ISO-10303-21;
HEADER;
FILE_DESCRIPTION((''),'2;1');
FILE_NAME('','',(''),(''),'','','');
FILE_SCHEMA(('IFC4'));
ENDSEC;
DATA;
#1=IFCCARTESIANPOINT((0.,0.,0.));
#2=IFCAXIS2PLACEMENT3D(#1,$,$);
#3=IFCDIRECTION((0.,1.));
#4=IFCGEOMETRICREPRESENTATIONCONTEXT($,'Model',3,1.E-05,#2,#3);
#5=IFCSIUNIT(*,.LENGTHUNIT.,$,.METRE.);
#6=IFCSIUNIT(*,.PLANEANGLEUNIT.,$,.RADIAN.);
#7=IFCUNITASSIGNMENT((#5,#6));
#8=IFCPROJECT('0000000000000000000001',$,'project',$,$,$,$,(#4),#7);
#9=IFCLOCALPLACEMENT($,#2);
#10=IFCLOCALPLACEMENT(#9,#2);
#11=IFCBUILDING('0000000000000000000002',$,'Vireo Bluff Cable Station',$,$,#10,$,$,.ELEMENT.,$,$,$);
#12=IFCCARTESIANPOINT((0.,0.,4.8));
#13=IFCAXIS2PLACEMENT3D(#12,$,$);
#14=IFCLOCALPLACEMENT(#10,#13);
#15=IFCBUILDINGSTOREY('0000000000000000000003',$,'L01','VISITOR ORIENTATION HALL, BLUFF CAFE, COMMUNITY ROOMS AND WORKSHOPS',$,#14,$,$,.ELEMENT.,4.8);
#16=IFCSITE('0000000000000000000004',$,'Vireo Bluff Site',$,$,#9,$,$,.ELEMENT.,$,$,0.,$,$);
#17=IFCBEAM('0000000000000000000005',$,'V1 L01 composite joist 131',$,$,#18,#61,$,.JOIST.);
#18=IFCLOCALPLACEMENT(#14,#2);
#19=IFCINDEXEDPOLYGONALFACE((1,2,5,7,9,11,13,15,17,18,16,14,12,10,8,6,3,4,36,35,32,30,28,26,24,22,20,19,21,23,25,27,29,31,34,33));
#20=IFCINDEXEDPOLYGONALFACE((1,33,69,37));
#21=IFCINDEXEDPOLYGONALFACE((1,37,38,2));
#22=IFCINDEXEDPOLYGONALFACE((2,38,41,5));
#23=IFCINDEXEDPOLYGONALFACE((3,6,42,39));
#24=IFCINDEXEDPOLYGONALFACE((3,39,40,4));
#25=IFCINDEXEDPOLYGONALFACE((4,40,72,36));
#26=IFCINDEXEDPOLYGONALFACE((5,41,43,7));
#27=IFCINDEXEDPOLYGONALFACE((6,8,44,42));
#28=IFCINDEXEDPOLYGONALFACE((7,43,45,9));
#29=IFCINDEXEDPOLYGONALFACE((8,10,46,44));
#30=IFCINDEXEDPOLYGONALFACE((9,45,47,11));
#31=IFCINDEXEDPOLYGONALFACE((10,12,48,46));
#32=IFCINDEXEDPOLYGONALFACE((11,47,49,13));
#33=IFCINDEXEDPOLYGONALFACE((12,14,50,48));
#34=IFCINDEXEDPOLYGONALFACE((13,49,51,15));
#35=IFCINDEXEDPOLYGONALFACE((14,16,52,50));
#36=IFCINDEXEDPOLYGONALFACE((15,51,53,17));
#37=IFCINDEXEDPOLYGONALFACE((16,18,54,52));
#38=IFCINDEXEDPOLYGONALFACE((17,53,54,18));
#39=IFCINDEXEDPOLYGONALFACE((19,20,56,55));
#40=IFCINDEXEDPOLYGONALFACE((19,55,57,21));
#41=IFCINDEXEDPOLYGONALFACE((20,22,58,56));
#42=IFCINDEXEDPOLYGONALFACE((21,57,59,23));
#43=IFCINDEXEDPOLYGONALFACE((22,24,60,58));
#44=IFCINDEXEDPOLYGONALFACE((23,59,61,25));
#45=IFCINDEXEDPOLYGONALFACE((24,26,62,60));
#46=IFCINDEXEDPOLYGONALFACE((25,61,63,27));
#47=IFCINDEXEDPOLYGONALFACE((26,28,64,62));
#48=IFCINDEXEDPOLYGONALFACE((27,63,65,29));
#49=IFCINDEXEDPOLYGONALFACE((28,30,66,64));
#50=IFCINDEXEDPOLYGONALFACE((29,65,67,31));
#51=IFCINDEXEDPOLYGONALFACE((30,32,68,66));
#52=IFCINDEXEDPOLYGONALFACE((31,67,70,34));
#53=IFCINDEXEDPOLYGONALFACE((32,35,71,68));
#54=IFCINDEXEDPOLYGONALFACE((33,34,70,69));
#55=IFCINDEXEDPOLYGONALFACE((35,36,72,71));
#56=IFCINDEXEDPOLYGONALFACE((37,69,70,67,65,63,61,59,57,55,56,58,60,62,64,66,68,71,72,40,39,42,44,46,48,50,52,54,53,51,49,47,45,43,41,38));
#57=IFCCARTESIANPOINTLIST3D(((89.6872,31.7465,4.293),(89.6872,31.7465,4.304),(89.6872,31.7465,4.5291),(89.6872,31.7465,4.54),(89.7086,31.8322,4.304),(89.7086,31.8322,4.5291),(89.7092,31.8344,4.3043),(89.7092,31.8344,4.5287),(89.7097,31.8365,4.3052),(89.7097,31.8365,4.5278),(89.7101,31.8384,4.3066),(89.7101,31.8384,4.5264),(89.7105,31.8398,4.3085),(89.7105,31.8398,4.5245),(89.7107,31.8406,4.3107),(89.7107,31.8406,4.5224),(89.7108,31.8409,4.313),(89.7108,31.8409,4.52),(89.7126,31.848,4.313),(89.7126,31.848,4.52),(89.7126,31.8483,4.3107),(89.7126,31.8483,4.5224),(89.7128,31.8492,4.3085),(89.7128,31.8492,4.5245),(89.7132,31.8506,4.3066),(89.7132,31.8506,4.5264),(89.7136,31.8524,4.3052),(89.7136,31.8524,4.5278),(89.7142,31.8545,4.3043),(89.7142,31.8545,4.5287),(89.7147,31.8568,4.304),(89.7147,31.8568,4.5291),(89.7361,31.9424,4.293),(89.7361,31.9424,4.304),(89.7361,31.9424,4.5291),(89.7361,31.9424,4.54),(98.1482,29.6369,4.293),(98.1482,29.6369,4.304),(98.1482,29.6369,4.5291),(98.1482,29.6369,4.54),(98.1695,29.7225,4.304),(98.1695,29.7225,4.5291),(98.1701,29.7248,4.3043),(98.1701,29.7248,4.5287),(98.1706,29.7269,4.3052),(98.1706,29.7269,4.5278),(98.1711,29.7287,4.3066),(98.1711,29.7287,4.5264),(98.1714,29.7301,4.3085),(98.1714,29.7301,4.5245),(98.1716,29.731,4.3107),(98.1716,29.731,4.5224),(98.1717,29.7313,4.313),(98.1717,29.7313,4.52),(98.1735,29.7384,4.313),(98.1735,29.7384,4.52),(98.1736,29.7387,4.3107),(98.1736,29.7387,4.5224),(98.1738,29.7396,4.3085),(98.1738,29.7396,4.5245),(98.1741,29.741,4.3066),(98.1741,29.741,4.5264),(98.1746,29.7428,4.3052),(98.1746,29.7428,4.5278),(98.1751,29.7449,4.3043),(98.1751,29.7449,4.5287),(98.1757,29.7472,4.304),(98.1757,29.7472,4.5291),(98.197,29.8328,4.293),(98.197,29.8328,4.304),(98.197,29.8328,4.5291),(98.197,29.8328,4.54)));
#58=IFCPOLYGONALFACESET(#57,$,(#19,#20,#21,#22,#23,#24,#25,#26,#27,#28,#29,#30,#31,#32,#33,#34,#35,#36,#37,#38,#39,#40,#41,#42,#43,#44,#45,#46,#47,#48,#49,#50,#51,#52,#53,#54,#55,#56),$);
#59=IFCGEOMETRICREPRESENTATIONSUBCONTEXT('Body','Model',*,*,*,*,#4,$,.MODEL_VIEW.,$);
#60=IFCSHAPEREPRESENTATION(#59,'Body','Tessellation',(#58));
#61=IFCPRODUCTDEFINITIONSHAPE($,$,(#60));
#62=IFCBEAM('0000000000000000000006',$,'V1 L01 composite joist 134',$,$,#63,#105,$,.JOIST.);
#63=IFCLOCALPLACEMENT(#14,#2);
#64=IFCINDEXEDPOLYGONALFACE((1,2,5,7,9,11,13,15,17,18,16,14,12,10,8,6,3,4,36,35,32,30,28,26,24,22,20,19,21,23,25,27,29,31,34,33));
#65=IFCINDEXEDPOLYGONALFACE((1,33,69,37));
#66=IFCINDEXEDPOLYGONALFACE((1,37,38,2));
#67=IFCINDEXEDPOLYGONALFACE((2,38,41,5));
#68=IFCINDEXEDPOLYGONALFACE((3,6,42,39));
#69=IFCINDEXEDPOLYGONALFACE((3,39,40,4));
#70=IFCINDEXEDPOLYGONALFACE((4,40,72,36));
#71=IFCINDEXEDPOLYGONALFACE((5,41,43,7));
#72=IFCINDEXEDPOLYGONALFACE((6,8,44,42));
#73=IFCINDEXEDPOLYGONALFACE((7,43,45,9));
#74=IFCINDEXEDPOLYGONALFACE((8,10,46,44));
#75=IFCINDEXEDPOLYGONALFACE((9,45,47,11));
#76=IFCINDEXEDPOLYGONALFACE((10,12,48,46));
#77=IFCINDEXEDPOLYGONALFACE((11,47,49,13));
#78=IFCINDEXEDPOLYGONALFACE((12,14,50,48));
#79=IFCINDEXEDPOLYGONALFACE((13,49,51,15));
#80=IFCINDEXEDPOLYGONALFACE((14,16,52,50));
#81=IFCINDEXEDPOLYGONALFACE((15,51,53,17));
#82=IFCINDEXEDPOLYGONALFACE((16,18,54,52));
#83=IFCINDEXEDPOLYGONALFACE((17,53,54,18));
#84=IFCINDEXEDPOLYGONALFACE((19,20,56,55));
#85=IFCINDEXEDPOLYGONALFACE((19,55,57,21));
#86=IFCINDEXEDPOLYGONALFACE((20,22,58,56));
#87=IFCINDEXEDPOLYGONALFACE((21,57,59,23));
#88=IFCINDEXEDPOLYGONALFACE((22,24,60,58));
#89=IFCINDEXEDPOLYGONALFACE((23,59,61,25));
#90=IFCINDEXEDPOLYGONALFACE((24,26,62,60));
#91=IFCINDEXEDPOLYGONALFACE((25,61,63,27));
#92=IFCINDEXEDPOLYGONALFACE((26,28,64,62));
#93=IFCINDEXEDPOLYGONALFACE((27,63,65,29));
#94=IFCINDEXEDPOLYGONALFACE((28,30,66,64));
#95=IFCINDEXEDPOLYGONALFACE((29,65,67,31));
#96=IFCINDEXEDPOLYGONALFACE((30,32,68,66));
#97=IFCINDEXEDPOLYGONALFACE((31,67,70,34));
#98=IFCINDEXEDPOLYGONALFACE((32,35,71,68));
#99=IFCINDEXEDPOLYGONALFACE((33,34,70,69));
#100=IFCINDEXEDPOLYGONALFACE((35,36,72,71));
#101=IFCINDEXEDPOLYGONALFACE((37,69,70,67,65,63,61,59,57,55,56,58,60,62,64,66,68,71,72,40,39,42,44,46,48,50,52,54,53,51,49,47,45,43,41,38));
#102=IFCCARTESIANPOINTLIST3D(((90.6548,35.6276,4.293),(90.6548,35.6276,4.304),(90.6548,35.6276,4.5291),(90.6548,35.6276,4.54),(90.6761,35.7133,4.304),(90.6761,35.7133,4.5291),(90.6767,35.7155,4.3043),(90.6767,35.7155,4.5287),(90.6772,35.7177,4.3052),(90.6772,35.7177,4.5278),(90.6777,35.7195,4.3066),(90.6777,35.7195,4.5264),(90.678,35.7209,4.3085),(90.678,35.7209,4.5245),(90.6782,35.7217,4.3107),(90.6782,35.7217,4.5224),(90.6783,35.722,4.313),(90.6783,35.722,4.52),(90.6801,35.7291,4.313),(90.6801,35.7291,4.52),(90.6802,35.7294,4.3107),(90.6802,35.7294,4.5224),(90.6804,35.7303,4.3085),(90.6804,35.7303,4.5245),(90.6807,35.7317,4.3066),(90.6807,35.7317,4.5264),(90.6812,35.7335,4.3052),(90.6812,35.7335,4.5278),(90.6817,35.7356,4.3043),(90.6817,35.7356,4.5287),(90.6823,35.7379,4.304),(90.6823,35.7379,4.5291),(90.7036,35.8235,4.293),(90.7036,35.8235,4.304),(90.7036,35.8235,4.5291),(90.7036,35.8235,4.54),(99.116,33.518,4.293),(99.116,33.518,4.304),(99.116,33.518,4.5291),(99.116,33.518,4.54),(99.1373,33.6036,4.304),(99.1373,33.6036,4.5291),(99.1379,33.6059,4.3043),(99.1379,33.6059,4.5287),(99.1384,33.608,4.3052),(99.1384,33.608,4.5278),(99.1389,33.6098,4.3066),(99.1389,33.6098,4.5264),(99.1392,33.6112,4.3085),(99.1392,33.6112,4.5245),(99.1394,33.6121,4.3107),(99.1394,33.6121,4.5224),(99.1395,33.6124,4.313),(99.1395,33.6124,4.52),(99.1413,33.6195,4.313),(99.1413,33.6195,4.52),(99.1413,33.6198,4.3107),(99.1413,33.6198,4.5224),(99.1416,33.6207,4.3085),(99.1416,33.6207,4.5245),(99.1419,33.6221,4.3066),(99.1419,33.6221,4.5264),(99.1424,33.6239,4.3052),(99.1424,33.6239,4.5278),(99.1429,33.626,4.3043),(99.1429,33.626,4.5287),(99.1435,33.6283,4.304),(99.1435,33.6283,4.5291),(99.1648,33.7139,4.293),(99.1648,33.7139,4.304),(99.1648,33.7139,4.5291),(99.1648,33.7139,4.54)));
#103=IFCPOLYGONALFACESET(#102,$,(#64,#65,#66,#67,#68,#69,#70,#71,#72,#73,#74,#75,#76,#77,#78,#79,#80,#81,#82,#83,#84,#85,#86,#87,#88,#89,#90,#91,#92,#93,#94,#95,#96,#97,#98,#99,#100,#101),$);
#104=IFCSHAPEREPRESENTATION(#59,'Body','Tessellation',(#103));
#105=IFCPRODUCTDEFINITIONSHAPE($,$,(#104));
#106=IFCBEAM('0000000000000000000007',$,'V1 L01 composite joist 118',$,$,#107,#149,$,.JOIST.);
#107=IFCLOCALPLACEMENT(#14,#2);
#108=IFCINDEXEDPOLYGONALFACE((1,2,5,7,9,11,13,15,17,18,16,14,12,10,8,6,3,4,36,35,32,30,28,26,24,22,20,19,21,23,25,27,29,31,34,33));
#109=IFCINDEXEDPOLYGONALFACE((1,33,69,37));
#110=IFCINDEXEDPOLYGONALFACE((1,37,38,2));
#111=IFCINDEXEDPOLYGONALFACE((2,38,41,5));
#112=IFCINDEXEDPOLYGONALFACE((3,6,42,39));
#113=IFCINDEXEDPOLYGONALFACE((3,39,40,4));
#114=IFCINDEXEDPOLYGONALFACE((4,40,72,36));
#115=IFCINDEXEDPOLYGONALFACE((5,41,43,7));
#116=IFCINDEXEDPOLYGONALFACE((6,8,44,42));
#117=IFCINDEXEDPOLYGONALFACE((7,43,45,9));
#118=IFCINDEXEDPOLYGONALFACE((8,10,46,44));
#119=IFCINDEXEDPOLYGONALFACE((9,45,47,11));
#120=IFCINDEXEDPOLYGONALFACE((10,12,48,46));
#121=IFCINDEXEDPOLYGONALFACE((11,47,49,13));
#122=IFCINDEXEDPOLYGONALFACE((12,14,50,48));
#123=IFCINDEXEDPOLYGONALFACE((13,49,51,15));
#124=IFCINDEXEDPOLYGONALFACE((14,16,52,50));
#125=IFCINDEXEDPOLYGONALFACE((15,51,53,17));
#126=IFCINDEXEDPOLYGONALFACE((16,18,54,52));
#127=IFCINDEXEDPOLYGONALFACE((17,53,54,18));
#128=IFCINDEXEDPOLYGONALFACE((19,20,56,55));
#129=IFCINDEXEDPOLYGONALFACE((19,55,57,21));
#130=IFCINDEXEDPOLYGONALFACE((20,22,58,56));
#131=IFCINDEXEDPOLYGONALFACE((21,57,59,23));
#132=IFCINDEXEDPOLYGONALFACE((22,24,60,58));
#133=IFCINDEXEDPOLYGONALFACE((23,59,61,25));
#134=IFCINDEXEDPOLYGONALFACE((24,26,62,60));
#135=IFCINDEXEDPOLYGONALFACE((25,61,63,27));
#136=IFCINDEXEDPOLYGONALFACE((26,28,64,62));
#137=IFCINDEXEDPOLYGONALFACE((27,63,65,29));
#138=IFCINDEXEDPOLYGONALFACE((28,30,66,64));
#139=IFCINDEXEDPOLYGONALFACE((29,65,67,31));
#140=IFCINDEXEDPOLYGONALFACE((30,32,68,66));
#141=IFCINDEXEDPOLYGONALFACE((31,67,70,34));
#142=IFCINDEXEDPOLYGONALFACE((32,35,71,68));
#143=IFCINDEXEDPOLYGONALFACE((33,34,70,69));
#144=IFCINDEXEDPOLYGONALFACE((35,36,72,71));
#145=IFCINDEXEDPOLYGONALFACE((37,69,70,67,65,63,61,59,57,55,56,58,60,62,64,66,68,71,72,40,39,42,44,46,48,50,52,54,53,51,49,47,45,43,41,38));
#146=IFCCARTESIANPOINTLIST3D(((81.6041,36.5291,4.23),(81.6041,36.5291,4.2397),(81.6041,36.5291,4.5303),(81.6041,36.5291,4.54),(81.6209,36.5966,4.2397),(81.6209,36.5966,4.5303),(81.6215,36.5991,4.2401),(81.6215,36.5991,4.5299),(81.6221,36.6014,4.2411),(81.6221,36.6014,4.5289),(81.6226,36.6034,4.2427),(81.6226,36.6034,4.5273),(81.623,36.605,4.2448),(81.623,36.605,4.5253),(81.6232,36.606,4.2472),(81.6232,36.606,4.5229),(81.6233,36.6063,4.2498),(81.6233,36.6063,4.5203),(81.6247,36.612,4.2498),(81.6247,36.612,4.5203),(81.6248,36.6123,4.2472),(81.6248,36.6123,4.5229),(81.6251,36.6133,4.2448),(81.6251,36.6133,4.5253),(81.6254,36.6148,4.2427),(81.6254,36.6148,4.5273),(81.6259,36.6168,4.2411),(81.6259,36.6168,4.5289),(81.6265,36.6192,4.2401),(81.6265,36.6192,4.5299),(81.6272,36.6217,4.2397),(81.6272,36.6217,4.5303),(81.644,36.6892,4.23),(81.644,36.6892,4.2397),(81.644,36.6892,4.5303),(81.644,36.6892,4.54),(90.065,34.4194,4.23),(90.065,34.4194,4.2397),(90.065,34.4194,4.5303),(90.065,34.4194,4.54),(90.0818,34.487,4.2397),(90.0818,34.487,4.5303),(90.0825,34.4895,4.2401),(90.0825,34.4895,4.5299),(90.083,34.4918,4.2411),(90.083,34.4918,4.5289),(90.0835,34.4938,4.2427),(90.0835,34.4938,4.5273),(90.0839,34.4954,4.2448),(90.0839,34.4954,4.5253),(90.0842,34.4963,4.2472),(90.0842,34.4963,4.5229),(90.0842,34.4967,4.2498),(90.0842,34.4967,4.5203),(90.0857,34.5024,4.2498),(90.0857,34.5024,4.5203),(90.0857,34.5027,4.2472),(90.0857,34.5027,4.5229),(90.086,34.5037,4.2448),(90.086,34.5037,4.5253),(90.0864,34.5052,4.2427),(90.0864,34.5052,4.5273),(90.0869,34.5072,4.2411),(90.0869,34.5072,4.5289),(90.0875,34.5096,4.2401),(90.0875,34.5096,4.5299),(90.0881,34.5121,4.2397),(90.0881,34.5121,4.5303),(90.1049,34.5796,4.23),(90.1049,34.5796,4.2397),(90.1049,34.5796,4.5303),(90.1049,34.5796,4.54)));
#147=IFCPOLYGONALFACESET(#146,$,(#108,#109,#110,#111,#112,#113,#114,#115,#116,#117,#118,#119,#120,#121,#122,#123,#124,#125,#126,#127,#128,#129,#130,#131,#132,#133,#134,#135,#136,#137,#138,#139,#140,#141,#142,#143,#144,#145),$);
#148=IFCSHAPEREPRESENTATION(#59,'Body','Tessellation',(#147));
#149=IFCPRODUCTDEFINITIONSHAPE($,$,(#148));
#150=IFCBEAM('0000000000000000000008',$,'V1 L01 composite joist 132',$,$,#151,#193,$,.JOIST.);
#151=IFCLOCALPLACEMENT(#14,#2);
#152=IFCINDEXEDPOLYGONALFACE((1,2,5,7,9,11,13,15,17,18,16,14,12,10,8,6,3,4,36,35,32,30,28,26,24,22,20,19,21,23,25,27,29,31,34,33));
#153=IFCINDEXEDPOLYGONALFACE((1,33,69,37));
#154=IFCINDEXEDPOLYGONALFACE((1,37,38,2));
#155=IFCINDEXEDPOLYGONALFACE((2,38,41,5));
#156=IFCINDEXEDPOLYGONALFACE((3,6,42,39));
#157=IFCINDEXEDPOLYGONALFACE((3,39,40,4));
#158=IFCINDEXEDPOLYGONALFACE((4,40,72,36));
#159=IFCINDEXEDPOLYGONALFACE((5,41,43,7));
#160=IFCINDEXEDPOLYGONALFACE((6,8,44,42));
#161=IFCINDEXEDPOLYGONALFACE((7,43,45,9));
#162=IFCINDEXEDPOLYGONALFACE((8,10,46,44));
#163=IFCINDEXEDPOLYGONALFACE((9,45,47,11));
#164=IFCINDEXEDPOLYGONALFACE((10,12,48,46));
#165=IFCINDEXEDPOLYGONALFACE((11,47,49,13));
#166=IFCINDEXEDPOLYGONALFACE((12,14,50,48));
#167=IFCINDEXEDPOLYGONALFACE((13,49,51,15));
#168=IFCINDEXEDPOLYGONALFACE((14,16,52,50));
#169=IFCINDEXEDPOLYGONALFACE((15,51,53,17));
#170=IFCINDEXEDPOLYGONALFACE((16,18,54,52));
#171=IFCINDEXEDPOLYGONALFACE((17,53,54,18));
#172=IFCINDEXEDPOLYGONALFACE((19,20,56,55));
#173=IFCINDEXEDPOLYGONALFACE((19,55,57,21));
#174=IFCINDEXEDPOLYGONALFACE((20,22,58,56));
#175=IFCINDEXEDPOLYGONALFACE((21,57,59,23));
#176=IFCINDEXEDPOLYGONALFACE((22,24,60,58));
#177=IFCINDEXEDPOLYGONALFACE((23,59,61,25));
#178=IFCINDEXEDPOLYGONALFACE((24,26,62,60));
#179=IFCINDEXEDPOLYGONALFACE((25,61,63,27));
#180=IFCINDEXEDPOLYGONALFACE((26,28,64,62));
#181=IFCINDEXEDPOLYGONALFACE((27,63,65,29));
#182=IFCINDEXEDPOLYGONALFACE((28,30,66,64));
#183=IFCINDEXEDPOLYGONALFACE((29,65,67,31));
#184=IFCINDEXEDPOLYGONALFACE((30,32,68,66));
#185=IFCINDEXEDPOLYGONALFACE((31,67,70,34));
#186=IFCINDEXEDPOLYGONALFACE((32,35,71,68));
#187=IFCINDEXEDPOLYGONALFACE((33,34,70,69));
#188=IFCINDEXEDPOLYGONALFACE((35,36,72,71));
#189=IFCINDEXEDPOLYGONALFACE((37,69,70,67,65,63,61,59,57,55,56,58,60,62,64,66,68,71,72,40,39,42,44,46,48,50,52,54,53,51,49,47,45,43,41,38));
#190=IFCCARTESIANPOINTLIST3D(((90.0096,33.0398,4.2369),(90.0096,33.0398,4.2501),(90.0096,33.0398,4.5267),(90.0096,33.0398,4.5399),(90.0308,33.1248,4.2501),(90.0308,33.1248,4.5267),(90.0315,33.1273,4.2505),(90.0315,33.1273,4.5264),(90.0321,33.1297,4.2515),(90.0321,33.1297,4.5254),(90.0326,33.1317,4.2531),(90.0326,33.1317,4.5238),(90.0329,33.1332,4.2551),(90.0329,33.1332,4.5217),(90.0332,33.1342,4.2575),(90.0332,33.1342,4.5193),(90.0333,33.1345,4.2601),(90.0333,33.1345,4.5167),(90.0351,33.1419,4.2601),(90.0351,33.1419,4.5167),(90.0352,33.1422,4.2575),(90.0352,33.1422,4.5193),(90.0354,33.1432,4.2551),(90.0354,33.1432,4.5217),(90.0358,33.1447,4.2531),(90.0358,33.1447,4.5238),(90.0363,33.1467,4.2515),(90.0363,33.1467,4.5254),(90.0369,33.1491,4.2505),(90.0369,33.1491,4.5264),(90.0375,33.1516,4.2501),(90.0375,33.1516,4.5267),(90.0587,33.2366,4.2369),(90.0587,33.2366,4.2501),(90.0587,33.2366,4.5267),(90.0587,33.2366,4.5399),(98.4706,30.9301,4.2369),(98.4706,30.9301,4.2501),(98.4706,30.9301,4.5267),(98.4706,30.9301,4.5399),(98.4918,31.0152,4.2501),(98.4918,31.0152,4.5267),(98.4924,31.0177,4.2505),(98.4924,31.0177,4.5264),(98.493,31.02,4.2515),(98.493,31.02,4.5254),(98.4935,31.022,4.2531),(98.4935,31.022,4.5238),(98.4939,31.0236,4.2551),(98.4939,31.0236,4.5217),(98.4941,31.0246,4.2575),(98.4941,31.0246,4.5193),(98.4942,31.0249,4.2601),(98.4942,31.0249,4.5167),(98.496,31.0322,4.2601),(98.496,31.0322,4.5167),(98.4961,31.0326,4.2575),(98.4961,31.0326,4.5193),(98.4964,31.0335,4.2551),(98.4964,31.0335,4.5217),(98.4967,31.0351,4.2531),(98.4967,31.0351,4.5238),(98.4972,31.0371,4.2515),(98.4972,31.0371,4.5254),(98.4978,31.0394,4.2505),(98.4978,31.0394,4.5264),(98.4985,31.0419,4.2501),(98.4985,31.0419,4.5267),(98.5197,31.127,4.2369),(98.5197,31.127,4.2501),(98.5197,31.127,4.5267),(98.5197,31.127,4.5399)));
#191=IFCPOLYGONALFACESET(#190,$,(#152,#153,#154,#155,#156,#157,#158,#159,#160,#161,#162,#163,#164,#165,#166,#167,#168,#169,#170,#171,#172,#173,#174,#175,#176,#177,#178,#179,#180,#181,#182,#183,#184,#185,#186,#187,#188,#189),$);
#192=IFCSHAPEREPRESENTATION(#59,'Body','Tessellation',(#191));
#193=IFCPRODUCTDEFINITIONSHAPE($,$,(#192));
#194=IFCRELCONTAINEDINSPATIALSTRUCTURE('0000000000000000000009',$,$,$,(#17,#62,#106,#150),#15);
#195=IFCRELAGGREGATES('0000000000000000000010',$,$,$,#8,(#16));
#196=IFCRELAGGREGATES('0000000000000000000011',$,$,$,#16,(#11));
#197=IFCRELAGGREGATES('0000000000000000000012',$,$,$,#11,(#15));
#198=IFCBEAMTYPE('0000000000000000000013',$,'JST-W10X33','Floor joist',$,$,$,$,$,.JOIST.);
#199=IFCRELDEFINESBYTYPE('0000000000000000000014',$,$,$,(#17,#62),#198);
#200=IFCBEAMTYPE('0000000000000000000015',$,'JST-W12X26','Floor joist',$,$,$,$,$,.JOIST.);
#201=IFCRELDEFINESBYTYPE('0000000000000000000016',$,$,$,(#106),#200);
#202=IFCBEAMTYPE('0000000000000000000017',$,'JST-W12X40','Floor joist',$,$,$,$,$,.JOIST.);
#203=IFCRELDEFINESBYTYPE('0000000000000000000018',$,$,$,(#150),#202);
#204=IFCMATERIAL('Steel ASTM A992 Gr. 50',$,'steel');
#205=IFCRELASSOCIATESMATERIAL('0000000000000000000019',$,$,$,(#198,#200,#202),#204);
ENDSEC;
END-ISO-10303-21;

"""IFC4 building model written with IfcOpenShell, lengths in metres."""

from ifc_helpers import new_model, si_unit, direction, frame, origin, origin_2d, place, context, subcontext, project, spatial, i_section, extrude, material, material_profile, profile_set, type_object, element, save


model = new_model("IFC4")

# Units and contexts
model_context = context("Model", 3, precision=1e-05, world=origin(), true_north=direction((0.0, 1.0)))
body_context = subcontext(model_context, "Body", "Model", "MODEL_VIEW")
ifc_project = project(units=[si_unit("LENGTHUNIT", "METRE"), si_unit("PLANEANGLEUNIT", "RADIAN")], contexts=[model_context])

# Site, building, storey
site_placement = place(None, origin())
site = spatial("IfcSite", under=ifc_project, at=site_placement, Name="Vireo Bluff Site", CompositionType="ELEMENT", RefElevation=0.0)
building_placement = place(site_placement, origin())
building = spatial("IfcBuilding", under=site, at=building_placement, Name="Vireo Bluff Cable Station", CompositionType="ELEMENT")
storey_placement = place(building_placement, frame((0.0, 0.0, 4.8)))
storey = spatial("IfcBuildingStorey", under=building, at=storey_placement, Name="L01", Description="VISITOR ORIENTATION HALL, BLUFF CAFE, COMMUNITY ROOMS AND WORKSHOPS", CompositionType="ELEMENT", Elevation=4.8)

# Shared definitions
ifc_material_1 = material(Name="Steel ASTM A992 Gr. 50", Category="steel")

# Beams
ifc_material_profile_1 = material_profile(ifc_material_1, i_section(OverallWidth=0.2019, OverallDepth=0.2471, WebThickness=0.0073, FlangeThickness=0.011, FilletRadius=0.009, at=origin_2d()), Name="W10X33")
ifc_profile_set_1 = profile_set([ifc_material_profile_1], Name="Steel ASTM A992 Gr. 50")
beam_type_1 = type_object("IfcBeamType", Name="JST-W10X33", Description="Floor joist", PredefinedType="JOIST", material=ifc_profile_set_1)
beam_1_placement = place(storey_placement, frame((89.7117, 31.8445, 4.4165), z_axis=(0.970294, -0.24193, 0.0), x_axis=(0.24193, 0.970294, 0.0)))
element("IfcBeam", 1, at=beam_1_placement, inside=storey, type_object=beam_type_1, Name="V1 L01 composite joist 131", PredefinedType="JOIST", context=body_context, shape_type="SweptSolid", body=[
    extrude(i_section(OverallWidth=0.2019, OverallDepth=0.2471, WebThickness=0.0073, FlangeThickness=0.011, FilletRadius=0.009, at=origin_2d()), origin(), (0.0, 0.0, 1.0), 8.72),
])
beam_2_placement = place(storey_placement, frame((90.6792, 35.7256, 4.4165), z_axis=(0.970295, -0.241923, 0.0), x_axis=(0.241923, 0.970295, 0.0)))
element("IfcBeam", 2, at=beam_2_placement, inside=storey, type_object=beam_type_1, Name="V1 L01 composite joist 134", PredefinedType="JOIST", context=body_context, shape_type="SweptSolid", body=[
    extrude(i_section(OverallWidth=0.2019, OverallDepth=0.2471, WebThickness=0.0073, FlangeThickness=0.011, FilletRadius=0.009, at=origin_2d()), origin(), (0.0, 0.0, 1.0), 8.7202),
])
ifc_material_profile_2 = material_profile(ifc_material_1, i_section(OverallWidth=0.165, OverallDepth=0.3101, WebThickness=0.0059, FlangeThickness=0.0098, FilletRadius=0.01, at=origin_2d()), Name="W12X26")
ifc_profile_set_2 = profile_set([ifc_material_profile_2], Name="Steel ASTM A992 Gr. 50")
beam_type_2 = type_object("IfcBeamType", Name="JST-W12X26", Description="Floor joist", PredefinedType="JOIST", material=ifc_profile_set_2)
beam_3_placement = place(storey_placement, frame((81.624, 36.6091, 4.385), z_axis=(0.970294, -0.24193, 0.0), x_axis=(0.24193, 0.970294, 0.0)))
element("IfcBeam", 3, at=beam_3_placement, inside=storey, type_object=beam_type_2, Name="V1 L01 composite joist 118", PredefinedType="JOIST", context=body_context, shape_type="SweptSolid", body=[
    extrude(i_section(OverallWidth=0.165, OverallDepth=0.3101, WebThickness=0.0059, FlangeThickness=0.0098, FilletRadius=0.01, at=origin_2d()), origin(), (0.0, 0.0, 1.0), 8.72),
])
ifc_material_profile_3 = material_profile(ifc_material_1, i_section(OverallWidth=0.2029, OverallDepth=0.303, WebThickness=0.0076, FlangeThickness=0.0132, FilletRadius=0.01, at=origin_2d()), Name="W12X40")
ifc_profile_set_3 = profile_set([ifc_material_profile_3], Name="Steel ASTM A992 Gr. 50")
beam_type_3 = type_object("IfcBeamType", Name="JST-W12X40", Description="Floor joist", PredefinedType="JOIST", material=ifc_profile_set_3)
beam_4_placement = place(storey_placement, frame((90.0342, 33.1382, 4.3884), z_axis=(0.970294, -0.24193, 0.0), x_axis=(0.24193, 0.970294, 0.0)))
element("IfcBeam", 4, at=beam_4_placement, inside=storey, type_object=beam_type_3, Name="V1 L01 composite joist 132", PredefinedType="JOIST", context=body_context, shape_type="SweptSolid", body=[
    extrude(i_section(OverallWidth=0.2029, OverallDepth=0.303, WebThickness=0.0076, FlangeThickness=0.0132, FilletRadius=0.01, at=origin_2d()), origin(), (0.0, 0.0, 1.0), 8.72),
])

save(model, "model.ifc")
